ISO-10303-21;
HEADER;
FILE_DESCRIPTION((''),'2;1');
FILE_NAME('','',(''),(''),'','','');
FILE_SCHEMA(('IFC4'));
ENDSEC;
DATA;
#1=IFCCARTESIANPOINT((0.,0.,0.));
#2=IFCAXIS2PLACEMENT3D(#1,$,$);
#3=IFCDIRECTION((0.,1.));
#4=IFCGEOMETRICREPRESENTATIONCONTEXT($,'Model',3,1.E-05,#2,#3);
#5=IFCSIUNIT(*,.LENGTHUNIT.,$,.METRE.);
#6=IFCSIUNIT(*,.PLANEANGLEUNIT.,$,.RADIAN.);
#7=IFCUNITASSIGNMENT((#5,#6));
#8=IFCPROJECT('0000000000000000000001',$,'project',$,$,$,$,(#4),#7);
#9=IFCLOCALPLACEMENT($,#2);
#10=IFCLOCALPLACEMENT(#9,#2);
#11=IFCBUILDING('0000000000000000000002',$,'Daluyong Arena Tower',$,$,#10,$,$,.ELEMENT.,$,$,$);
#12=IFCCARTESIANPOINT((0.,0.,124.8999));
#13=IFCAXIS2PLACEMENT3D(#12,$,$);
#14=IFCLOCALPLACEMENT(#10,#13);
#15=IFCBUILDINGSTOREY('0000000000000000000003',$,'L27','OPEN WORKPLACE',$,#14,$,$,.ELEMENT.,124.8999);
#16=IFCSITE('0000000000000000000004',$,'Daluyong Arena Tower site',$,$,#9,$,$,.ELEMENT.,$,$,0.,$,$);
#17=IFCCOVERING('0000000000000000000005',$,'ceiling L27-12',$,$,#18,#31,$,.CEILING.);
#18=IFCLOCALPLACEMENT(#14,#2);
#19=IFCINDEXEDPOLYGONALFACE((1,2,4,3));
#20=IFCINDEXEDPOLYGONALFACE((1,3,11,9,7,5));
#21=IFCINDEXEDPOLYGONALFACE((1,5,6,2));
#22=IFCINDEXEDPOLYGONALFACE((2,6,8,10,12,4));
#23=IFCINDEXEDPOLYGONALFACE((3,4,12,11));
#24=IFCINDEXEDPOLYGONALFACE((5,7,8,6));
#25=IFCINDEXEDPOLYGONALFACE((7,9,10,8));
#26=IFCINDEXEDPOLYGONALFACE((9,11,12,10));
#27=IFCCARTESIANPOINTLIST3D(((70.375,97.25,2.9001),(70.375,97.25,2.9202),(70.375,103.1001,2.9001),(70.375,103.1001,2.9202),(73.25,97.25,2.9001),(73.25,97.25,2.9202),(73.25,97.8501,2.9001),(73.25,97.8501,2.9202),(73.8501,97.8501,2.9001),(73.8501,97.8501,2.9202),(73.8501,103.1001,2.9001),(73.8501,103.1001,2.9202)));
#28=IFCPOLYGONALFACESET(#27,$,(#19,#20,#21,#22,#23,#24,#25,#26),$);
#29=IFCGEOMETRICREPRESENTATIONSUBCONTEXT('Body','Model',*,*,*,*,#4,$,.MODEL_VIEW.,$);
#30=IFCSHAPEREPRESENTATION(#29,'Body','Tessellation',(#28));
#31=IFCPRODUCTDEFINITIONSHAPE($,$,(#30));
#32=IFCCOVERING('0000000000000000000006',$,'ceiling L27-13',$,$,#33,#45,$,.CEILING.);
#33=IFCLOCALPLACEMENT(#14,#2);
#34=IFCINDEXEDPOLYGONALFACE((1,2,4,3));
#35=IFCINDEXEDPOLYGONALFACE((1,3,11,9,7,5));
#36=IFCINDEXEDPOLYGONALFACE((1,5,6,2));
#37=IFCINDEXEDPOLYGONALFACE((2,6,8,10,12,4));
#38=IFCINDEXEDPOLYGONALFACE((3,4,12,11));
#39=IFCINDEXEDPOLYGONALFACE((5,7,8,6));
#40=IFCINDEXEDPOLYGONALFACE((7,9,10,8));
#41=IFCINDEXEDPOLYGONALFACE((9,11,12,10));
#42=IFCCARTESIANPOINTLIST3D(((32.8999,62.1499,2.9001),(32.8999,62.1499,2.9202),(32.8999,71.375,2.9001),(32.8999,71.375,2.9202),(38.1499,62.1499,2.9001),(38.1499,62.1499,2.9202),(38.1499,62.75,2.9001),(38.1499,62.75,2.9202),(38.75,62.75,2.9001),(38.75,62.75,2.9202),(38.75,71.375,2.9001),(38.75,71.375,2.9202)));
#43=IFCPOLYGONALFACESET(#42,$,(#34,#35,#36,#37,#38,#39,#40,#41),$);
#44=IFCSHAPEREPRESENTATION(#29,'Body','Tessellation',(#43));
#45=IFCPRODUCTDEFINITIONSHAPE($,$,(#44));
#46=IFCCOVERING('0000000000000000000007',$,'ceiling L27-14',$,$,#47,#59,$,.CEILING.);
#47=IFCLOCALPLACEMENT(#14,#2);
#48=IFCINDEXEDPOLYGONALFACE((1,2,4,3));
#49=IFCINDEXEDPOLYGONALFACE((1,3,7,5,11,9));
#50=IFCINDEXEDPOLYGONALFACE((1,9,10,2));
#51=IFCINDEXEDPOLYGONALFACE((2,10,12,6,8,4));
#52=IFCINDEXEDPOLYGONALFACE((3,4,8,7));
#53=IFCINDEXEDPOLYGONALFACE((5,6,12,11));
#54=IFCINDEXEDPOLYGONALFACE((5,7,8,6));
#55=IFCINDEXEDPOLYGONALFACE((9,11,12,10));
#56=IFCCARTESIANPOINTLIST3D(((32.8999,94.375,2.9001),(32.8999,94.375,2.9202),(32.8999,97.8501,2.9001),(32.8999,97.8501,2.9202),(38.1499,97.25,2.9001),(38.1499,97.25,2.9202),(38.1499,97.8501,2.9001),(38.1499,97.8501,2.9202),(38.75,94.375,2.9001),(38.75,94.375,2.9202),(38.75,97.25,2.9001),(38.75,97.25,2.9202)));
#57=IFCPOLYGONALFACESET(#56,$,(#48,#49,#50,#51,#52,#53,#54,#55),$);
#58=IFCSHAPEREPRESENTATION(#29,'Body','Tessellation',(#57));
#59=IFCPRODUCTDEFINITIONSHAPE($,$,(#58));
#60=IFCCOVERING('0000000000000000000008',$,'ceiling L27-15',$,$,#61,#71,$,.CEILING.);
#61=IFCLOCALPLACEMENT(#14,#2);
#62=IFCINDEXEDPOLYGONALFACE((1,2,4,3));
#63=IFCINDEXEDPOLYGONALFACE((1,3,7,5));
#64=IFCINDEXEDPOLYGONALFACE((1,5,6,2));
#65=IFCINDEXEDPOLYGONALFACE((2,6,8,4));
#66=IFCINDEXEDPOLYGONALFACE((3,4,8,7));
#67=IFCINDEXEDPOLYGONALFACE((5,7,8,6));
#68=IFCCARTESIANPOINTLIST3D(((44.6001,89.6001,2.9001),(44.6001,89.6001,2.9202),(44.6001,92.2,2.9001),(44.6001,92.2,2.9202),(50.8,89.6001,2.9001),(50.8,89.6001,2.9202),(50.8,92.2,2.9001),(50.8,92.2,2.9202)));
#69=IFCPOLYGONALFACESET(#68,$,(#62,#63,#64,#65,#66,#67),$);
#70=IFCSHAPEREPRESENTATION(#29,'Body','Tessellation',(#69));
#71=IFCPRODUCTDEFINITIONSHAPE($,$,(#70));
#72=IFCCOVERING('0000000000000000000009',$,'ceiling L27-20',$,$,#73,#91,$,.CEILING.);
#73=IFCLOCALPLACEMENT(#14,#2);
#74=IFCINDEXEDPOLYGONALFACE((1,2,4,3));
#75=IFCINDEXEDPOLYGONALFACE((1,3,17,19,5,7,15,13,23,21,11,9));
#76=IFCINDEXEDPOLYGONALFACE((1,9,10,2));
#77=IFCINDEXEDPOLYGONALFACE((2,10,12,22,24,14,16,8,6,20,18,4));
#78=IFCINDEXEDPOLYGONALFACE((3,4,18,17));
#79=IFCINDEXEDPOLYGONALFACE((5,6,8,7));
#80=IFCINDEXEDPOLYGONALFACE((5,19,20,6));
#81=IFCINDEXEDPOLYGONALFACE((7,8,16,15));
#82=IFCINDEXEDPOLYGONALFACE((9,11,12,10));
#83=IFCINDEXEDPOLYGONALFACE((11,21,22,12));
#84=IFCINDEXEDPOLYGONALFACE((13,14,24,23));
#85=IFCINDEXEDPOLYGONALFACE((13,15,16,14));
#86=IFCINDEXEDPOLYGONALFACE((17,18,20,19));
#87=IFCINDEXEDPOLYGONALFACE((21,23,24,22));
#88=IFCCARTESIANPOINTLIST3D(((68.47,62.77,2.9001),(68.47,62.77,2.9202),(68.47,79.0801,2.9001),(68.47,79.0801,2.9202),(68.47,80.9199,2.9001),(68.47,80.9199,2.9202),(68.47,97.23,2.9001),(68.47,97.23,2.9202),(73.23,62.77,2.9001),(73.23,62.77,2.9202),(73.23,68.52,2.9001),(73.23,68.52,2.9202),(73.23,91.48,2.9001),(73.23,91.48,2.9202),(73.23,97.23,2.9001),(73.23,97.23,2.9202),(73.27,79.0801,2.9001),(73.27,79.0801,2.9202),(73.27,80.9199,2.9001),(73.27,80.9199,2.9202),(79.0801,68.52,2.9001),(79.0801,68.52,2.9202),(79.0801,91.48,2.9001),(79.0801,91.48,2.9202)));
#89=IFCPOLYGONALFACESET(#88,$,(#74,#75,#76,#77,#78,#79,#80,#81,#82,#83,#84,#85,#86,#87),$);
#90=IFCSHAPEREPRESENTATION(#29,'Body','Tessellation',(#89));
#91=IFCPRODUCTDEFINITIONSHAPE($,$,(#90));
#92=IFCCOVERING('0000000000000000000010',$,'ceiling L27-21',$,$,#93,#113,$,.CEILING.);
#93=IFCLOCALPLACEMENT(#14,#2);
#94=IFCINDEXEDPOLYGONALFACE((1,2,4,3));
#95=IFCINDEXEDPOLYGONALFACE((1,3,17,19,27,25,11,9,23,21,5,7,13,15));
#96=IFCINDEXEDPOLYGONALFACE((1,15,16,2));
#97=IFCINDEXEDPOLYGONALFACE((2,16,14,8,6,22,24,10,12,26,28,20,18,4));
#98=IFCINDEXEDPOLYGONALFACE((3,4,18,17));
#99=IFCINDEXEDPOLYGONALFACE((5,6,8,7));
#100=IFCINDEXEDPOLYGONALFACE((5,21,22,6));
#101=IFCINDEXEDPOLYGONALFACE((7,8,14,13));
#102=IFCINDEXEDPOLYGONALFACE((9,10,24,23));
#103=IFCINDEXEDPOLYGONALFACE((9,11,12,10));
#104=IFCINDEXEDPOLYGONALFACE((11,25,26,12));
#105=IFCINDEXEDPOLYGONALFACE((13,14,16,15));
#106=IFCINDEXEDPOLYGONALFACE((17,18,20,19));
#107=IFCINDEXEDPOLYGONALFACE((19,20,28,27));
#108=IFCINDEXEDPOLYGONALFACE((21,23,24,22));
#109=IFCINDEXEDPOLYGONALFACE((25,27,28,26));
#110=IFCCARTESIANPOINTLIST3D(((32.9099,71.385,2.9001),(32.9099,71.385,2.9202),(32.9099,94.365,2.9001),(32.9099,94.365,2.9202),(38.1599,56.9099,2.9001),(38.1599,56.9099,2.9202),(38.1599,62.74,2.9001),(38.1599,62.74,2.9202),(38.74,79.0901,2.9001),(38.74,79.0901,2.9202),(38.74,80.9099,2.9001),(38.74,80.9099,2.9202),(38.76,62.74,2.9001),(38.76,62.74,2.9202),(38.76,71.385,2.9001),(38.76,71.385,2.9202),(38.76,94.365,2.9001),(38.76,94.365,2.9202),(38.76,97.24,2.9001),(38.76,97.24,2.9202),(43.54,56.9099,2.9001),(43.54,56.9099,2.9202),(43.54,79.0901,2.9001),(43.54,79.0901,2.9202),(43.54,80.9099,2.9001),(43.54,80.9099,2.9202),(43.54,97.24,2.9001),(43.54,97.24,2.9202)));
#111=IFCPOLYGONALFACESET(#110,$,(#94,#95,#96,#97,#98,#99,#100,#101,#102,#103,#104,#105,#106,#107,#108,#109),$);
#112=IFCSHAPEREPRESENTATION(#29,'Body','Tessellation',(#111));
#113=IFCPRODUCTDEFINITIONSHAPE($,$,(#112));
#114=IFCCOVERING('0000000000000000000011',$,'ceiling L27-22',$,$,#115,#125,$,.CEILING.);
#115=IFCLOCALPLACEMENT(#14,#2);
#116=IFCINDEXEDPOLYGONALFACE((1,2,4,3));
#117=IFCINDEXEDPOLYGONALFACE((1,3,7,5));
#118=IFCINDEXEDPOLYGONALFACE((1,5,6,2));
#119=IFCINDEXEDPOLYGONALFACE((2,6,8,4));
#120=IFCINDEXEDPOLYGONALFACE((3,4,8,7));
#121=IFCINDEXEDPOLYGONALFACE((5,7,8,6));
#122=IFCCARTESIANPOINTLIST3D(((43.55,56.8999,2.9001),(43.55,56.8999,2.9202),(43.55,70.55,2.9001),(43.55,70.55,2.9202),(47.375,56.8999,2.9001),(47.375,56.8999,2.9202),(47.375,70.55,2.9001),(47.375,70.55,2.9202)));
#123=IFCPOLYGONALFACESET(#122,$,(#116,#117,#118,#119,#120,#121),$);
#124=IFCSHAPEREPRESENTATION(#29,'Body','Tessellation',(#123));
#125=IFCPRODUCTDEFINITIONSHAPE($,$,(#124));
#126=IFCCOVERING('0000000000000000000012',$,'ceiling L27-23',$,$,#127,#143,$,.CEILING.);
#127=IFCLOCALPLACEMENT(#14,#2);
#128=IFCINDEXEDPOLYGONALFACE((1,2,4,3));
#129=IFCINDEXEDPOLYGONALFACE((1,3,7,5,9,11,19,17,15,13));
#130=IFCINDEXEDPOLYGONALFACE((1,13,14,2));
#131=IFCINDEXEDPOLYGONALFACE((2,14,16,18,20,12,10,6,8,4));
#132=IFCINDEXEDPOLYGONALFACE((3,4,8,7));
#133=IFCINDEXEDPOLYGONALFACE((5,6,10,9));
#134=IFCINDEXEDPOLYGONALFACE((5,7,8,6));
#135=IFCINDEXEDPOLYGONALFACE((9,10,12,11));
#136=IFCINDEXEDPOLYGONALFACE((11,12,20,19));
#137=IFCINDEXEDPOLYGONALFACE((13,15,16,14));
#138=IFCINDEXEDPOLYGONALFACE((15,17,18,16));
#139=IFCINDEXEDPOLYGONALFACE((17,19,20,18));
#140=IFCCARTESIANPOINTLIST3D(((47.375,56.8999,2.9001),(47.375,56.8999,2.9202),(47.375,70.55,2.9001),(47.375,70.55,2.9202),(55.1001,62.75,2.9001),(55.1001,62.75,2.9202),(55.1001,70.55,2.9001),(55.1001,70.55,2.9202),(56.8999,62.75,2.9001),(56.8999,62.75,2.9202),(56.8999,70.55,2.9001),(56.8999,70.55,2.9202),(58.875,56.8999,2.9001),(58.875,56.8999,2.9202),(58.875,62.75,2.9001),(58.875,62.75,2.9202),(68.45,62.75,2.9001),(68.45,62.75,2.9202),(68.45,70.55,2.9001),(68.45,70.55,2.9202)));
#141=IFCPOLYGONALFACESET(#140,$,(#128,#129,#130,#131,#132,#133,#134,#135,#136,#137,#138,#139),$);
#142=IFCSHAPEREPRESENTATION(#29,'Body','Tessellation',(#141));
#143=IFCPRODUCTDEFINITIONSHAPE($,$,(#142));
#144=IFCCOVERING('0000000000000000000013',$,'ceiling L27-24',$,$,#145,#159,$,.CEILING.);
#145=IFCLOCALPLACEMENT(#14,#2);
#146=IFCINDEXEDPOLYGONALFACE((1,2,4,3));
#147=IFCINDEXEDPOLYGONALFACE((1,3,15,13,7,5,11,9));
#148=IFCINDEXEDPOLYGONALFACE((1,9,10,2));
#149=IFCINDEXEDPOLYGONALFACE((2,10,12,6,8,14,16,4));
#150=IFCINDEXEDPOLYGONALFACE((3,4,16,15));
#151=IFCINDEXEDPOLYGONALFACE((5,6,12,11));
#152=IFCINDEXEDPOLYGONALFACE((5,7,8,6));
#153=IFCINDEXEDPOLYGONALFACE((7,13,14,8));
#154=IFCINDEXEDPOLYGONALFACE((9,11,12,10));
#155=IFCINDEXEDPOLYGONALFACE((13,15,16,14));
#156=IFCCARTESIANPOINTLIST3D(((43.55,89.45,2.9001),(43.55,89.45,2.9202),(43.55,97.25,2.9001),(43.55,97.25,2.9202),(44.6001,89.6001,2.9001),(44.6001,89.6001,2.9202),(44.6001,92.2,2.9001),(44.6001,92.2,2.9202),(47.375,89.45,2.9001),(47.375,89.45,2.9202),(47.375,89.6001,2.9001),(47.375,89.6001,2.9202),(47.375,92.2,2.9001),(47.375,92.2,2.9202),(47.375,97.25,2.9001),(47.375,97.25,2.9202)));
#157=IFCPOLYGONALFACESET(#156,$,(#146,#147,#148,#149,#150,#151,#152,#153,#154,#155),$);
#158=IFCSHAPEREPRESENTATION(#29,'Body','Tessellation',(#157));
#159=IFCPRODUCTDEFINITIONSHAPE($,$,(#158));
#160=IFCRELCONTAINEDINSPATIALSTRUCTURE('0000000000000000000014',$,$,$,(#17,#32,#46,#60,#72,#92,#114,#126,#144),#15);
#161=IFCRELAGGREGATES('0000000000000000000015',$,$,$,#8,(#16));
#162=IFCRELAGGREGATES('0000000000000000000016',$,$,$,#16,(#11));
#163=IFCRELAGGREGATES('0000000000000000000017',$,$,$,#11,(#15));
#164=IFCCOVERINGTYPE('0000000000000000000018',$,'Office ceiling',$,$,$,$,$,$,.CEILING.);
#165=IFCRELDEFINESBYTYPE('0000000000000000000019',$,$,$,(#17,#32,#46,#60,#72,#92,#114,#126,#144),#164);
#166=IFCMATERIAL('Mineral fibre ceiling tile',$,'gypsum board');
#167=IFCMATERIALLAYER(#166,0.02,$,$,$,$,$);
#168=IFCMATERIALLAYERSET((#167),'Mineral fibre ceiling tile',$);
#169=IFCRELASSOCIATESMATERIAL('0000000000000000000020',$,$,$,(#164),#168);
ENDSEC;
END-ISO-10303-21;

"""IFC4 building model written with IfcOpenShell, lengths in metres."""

from ifc_helpers import new_model, si_unit, direction, frame, origin, place, context, subcontext, project, spatial, polyline, outline, extrude, material, layer, layer_set, type_object, element, save


model = new_model("IFC4")

# Units and contexts
model_context = context("Model", 3, precision=1e-05, world=origin(), true_north=direction((0.0, 1.0)))
body_context = subcontext(model_context, "Body", "Model", "MODEL_VIEW")
ifc_project = project(units=[si_unit("LENGTHUNIT", "METRE"), si_unit("PLANEANGLEUNIT", "RADIAN")], contexts=[model_context])

# Site, building, storey
site_placement = place(None, origin())
site = spatial("IfcSite", under=ifc_project, at=site_placement, Name="Daluyong Arena Tower site", CompositionType="ELEMENT", RefElevation=0.0)
building_placement = place(site_placement, origin())
building = spatial("IfcBuilding", under=site, at=building_placement, Name="Daluyong Arena Tower", CompositionType="ELEMENT")
storey_placement = place(building_placement, frame((0.0, 0.0, 124.8999)))
storey = spatial("IfcBuildingStorey", under=building, at=storey_placement, Name="L27", Description="OPEN WORKPLACE", CompositionType="ELEMENT", Elevation=124.8999)

# Coverings
ifc_material_1 = material(Name="Mineral fibre ceiling tile", Category="gypsum board")
ifc_layer_1 = layer(ifc_material_1, 0.02)
ifc_layer_set_1 = layer_set([ifc_layer_1], Name="Mineral fibre ceiling tile")
covering_type = type_object("IfcCoveringType", Name="Office ceiling", PredefinedType="CEILING", material=ifc_layer_set_1)
covering_1_placement = place(storey_placement, frame((0.0, 0.0, 2.9001)))
element("IfcCovering", 1, at=covering_1_placement, inside=storey, type_object=covering_type, Name="ceiling L27-12", PredefinedType="CEILING", context=body_context, shape_type="SweptSolid", body=[
    extrude(outline(polyline([(70.375, 97.25), (73.25, 97.25), (73.25, 97.8501), (73.8501, 97.8501), (73.8501, 103.1001), (70.375, 103.1001), (70.375, 97.25)])), origin(), (0.0, 0.0, 1.0), 0.02),
])
covering_2_placement = place(storey_placement, frame((0.0, 0.0, 2.9001)))
element("IfcCovering", 2, at=covering_2_placement, inside=storey, type_object=covering_type, Name="ceiling L27-13", PredefinedType="CEILING", context=body_context, shape_type="SweptSolid", body=[
    extrude(outline(polyline([(32.8999, 62.1499), (38.1499, 62.1499), (38.1499, 62.75), (38.75, 62.75), (38.75, 71.375), (32.8999, 71.375), (32.8999, 62.1499)])), origin(), (0.0, 0.0, 1.0), 0.02),
])
covering_3_placement = place(storey_placement, frame((0.0, 0.0, 2.9001)))
element("IfcCovering", 3, at=covering_3_placement, inside=storey, type_object=covering_type, Name="ceiling L27-14", PredefinedType="CEILING", context=body_context, shape_type="SweptSolid", body=[
    extrude(outline(polyline([(38.75, 94.375), (38.75, 97.25), (38.1499, 97.25), (38.1499, 97.8501), (32.8999, 97.8501), (32.8999, 94.375), (38.75, 94.375)])), origin(), (0.0, 0.0, 1.0), 0.02),
])
covering_4_placement = place(storey_placement, frame((0.0, 0.0, 2.9001)))
element("IfcCovering", 4, at=covering_4_placement, inside=storey, type_object=covering_type, Name="ceiling L27-15", PredefinedType="CEILING", context=body_context, shape_type="SweptSolid", body=[
    extrude(outline(polyline([(44.6001, 89.6001), (50.8, 89.6001), (50.8, 92.2), (44.6001, 92.2), (44.6001, 89.6001)])), origin(), (0.0, 0.0, 1.0), 0.02),
])
covering_5_placement = place(storey_placement, frame((0.0, 0.0, 2.9001)))
element("IfcCovering", 5, at=covering_5_placement, inside=storey, type_object=covering_type, Name="ceiling L27-20", PredefinedType="CEILING", context=body_context, shape_type="SweptSolid", body=[
    extrude(outline(polyline([(68.47, 79.0801), (68.47, 62.77), (73.23, 62.77), (73.23, 68.52), (79.0801, 68.52), (79.0801, 91.48), (73.23, 91.48), (73.23, 97.23), (68.47, 97.23), (68.47, 80.9199), (73.27, 80.9199), (73.27, 79.0801), (68.47, 79.0801)])), origin(), (0.0, 0.0, 1.0), 0.02),
])
covering_6_placement = place(storey_placement, frame((0.0, 0.0, 2.9001)))
element("IfcCovering", 6, at=covering_6_placement, inside=storey, type_object=covering_type, Name="ceiling L27-21", PredefinedType="CEILING", context=body_context, shape_type="SweptSolid", body=[
    extrude(outline(polyline([(38.76, 97.24), (38.76, 94.365), (32.9099, 94.365), (32.9099, 71.385), (38.76, 71.385), (38.76, 62.74), (38.1599, 62.74), (38.1599, 56.9099), (43.54, 56.9099), (43.54, 79.0901), (38.74, 79.0901), (38.74, 80.9099), (43.54, 80.9099), (43.54, 97.24), (38.76, 97.24)])), origin(), (0.0, 0.0, 1.0), 0.02),
])
covering_7_placement = place(storey_placement, frame((0.0, 0.0, 2.9001)))
element("IfcCovering", 7, at=covering_7_placement, inside=storey, type_object=covering_type, Name="ceiling L27-22", PredefinedType="CEILING", context=body_context, shape_type="SweptSolid", body=[
    extrude(outline(polyline([(47.375, 70.55), (43.55, 70.55), (43.55, 56.8999), (47.375, 56.8999), (47.375, 70.55)])), origin(), (0.0, 0.0, 1.0), 0.02),
])
covering_8_placement = place(storey_placement, frame((0.0, 0.0, 2.9001)))
element("IfcCovering", 8, at=covering_8_placement, inside=storey, type_object=covering_type, Name="ceiling L27-23", PredefinedType="CEILING", context=body_context, shape_type="SweptSolid", body=[
    extrude(outline(polyline([(55.1001, 70.55), (47.375, 70.55), (47.375, 56.8999), (58.875, 56.8999), (58.875, 62.75), (68.45, 62.75), (68.45, 70.55), (56.8999, 70.55), (56.8999, 62.75), (55.1001, 62.75), (55.1001, 70.55)])), origin(), (0.0, 0.0, 1.0), 0.02),
])
covering_9_placement = place(storey_placement, frame((0.0, 0.0, 2.9001)))
element("IfcCovering", 9, at=covering_9_placement, inside=storey, type_object=covering_type, Name="ceiling L27-24", PredefinedType="CEILING", context=body_context, shape_type="SweptSolid", body=[
    extrude(outline(polyline([(43.55, 89.45), (47.375, 89.45), (47.375, 89.6001), (44.6001, 89.6001), (44.6001, 92.2), (47.375, 92.2), (47.375, 97.25), (43.55, 97.25), (43.55, 89.45)])), origin(), (0.0, 0.0, 1.0), 0.02),
])

save(model, "model.ifc")
